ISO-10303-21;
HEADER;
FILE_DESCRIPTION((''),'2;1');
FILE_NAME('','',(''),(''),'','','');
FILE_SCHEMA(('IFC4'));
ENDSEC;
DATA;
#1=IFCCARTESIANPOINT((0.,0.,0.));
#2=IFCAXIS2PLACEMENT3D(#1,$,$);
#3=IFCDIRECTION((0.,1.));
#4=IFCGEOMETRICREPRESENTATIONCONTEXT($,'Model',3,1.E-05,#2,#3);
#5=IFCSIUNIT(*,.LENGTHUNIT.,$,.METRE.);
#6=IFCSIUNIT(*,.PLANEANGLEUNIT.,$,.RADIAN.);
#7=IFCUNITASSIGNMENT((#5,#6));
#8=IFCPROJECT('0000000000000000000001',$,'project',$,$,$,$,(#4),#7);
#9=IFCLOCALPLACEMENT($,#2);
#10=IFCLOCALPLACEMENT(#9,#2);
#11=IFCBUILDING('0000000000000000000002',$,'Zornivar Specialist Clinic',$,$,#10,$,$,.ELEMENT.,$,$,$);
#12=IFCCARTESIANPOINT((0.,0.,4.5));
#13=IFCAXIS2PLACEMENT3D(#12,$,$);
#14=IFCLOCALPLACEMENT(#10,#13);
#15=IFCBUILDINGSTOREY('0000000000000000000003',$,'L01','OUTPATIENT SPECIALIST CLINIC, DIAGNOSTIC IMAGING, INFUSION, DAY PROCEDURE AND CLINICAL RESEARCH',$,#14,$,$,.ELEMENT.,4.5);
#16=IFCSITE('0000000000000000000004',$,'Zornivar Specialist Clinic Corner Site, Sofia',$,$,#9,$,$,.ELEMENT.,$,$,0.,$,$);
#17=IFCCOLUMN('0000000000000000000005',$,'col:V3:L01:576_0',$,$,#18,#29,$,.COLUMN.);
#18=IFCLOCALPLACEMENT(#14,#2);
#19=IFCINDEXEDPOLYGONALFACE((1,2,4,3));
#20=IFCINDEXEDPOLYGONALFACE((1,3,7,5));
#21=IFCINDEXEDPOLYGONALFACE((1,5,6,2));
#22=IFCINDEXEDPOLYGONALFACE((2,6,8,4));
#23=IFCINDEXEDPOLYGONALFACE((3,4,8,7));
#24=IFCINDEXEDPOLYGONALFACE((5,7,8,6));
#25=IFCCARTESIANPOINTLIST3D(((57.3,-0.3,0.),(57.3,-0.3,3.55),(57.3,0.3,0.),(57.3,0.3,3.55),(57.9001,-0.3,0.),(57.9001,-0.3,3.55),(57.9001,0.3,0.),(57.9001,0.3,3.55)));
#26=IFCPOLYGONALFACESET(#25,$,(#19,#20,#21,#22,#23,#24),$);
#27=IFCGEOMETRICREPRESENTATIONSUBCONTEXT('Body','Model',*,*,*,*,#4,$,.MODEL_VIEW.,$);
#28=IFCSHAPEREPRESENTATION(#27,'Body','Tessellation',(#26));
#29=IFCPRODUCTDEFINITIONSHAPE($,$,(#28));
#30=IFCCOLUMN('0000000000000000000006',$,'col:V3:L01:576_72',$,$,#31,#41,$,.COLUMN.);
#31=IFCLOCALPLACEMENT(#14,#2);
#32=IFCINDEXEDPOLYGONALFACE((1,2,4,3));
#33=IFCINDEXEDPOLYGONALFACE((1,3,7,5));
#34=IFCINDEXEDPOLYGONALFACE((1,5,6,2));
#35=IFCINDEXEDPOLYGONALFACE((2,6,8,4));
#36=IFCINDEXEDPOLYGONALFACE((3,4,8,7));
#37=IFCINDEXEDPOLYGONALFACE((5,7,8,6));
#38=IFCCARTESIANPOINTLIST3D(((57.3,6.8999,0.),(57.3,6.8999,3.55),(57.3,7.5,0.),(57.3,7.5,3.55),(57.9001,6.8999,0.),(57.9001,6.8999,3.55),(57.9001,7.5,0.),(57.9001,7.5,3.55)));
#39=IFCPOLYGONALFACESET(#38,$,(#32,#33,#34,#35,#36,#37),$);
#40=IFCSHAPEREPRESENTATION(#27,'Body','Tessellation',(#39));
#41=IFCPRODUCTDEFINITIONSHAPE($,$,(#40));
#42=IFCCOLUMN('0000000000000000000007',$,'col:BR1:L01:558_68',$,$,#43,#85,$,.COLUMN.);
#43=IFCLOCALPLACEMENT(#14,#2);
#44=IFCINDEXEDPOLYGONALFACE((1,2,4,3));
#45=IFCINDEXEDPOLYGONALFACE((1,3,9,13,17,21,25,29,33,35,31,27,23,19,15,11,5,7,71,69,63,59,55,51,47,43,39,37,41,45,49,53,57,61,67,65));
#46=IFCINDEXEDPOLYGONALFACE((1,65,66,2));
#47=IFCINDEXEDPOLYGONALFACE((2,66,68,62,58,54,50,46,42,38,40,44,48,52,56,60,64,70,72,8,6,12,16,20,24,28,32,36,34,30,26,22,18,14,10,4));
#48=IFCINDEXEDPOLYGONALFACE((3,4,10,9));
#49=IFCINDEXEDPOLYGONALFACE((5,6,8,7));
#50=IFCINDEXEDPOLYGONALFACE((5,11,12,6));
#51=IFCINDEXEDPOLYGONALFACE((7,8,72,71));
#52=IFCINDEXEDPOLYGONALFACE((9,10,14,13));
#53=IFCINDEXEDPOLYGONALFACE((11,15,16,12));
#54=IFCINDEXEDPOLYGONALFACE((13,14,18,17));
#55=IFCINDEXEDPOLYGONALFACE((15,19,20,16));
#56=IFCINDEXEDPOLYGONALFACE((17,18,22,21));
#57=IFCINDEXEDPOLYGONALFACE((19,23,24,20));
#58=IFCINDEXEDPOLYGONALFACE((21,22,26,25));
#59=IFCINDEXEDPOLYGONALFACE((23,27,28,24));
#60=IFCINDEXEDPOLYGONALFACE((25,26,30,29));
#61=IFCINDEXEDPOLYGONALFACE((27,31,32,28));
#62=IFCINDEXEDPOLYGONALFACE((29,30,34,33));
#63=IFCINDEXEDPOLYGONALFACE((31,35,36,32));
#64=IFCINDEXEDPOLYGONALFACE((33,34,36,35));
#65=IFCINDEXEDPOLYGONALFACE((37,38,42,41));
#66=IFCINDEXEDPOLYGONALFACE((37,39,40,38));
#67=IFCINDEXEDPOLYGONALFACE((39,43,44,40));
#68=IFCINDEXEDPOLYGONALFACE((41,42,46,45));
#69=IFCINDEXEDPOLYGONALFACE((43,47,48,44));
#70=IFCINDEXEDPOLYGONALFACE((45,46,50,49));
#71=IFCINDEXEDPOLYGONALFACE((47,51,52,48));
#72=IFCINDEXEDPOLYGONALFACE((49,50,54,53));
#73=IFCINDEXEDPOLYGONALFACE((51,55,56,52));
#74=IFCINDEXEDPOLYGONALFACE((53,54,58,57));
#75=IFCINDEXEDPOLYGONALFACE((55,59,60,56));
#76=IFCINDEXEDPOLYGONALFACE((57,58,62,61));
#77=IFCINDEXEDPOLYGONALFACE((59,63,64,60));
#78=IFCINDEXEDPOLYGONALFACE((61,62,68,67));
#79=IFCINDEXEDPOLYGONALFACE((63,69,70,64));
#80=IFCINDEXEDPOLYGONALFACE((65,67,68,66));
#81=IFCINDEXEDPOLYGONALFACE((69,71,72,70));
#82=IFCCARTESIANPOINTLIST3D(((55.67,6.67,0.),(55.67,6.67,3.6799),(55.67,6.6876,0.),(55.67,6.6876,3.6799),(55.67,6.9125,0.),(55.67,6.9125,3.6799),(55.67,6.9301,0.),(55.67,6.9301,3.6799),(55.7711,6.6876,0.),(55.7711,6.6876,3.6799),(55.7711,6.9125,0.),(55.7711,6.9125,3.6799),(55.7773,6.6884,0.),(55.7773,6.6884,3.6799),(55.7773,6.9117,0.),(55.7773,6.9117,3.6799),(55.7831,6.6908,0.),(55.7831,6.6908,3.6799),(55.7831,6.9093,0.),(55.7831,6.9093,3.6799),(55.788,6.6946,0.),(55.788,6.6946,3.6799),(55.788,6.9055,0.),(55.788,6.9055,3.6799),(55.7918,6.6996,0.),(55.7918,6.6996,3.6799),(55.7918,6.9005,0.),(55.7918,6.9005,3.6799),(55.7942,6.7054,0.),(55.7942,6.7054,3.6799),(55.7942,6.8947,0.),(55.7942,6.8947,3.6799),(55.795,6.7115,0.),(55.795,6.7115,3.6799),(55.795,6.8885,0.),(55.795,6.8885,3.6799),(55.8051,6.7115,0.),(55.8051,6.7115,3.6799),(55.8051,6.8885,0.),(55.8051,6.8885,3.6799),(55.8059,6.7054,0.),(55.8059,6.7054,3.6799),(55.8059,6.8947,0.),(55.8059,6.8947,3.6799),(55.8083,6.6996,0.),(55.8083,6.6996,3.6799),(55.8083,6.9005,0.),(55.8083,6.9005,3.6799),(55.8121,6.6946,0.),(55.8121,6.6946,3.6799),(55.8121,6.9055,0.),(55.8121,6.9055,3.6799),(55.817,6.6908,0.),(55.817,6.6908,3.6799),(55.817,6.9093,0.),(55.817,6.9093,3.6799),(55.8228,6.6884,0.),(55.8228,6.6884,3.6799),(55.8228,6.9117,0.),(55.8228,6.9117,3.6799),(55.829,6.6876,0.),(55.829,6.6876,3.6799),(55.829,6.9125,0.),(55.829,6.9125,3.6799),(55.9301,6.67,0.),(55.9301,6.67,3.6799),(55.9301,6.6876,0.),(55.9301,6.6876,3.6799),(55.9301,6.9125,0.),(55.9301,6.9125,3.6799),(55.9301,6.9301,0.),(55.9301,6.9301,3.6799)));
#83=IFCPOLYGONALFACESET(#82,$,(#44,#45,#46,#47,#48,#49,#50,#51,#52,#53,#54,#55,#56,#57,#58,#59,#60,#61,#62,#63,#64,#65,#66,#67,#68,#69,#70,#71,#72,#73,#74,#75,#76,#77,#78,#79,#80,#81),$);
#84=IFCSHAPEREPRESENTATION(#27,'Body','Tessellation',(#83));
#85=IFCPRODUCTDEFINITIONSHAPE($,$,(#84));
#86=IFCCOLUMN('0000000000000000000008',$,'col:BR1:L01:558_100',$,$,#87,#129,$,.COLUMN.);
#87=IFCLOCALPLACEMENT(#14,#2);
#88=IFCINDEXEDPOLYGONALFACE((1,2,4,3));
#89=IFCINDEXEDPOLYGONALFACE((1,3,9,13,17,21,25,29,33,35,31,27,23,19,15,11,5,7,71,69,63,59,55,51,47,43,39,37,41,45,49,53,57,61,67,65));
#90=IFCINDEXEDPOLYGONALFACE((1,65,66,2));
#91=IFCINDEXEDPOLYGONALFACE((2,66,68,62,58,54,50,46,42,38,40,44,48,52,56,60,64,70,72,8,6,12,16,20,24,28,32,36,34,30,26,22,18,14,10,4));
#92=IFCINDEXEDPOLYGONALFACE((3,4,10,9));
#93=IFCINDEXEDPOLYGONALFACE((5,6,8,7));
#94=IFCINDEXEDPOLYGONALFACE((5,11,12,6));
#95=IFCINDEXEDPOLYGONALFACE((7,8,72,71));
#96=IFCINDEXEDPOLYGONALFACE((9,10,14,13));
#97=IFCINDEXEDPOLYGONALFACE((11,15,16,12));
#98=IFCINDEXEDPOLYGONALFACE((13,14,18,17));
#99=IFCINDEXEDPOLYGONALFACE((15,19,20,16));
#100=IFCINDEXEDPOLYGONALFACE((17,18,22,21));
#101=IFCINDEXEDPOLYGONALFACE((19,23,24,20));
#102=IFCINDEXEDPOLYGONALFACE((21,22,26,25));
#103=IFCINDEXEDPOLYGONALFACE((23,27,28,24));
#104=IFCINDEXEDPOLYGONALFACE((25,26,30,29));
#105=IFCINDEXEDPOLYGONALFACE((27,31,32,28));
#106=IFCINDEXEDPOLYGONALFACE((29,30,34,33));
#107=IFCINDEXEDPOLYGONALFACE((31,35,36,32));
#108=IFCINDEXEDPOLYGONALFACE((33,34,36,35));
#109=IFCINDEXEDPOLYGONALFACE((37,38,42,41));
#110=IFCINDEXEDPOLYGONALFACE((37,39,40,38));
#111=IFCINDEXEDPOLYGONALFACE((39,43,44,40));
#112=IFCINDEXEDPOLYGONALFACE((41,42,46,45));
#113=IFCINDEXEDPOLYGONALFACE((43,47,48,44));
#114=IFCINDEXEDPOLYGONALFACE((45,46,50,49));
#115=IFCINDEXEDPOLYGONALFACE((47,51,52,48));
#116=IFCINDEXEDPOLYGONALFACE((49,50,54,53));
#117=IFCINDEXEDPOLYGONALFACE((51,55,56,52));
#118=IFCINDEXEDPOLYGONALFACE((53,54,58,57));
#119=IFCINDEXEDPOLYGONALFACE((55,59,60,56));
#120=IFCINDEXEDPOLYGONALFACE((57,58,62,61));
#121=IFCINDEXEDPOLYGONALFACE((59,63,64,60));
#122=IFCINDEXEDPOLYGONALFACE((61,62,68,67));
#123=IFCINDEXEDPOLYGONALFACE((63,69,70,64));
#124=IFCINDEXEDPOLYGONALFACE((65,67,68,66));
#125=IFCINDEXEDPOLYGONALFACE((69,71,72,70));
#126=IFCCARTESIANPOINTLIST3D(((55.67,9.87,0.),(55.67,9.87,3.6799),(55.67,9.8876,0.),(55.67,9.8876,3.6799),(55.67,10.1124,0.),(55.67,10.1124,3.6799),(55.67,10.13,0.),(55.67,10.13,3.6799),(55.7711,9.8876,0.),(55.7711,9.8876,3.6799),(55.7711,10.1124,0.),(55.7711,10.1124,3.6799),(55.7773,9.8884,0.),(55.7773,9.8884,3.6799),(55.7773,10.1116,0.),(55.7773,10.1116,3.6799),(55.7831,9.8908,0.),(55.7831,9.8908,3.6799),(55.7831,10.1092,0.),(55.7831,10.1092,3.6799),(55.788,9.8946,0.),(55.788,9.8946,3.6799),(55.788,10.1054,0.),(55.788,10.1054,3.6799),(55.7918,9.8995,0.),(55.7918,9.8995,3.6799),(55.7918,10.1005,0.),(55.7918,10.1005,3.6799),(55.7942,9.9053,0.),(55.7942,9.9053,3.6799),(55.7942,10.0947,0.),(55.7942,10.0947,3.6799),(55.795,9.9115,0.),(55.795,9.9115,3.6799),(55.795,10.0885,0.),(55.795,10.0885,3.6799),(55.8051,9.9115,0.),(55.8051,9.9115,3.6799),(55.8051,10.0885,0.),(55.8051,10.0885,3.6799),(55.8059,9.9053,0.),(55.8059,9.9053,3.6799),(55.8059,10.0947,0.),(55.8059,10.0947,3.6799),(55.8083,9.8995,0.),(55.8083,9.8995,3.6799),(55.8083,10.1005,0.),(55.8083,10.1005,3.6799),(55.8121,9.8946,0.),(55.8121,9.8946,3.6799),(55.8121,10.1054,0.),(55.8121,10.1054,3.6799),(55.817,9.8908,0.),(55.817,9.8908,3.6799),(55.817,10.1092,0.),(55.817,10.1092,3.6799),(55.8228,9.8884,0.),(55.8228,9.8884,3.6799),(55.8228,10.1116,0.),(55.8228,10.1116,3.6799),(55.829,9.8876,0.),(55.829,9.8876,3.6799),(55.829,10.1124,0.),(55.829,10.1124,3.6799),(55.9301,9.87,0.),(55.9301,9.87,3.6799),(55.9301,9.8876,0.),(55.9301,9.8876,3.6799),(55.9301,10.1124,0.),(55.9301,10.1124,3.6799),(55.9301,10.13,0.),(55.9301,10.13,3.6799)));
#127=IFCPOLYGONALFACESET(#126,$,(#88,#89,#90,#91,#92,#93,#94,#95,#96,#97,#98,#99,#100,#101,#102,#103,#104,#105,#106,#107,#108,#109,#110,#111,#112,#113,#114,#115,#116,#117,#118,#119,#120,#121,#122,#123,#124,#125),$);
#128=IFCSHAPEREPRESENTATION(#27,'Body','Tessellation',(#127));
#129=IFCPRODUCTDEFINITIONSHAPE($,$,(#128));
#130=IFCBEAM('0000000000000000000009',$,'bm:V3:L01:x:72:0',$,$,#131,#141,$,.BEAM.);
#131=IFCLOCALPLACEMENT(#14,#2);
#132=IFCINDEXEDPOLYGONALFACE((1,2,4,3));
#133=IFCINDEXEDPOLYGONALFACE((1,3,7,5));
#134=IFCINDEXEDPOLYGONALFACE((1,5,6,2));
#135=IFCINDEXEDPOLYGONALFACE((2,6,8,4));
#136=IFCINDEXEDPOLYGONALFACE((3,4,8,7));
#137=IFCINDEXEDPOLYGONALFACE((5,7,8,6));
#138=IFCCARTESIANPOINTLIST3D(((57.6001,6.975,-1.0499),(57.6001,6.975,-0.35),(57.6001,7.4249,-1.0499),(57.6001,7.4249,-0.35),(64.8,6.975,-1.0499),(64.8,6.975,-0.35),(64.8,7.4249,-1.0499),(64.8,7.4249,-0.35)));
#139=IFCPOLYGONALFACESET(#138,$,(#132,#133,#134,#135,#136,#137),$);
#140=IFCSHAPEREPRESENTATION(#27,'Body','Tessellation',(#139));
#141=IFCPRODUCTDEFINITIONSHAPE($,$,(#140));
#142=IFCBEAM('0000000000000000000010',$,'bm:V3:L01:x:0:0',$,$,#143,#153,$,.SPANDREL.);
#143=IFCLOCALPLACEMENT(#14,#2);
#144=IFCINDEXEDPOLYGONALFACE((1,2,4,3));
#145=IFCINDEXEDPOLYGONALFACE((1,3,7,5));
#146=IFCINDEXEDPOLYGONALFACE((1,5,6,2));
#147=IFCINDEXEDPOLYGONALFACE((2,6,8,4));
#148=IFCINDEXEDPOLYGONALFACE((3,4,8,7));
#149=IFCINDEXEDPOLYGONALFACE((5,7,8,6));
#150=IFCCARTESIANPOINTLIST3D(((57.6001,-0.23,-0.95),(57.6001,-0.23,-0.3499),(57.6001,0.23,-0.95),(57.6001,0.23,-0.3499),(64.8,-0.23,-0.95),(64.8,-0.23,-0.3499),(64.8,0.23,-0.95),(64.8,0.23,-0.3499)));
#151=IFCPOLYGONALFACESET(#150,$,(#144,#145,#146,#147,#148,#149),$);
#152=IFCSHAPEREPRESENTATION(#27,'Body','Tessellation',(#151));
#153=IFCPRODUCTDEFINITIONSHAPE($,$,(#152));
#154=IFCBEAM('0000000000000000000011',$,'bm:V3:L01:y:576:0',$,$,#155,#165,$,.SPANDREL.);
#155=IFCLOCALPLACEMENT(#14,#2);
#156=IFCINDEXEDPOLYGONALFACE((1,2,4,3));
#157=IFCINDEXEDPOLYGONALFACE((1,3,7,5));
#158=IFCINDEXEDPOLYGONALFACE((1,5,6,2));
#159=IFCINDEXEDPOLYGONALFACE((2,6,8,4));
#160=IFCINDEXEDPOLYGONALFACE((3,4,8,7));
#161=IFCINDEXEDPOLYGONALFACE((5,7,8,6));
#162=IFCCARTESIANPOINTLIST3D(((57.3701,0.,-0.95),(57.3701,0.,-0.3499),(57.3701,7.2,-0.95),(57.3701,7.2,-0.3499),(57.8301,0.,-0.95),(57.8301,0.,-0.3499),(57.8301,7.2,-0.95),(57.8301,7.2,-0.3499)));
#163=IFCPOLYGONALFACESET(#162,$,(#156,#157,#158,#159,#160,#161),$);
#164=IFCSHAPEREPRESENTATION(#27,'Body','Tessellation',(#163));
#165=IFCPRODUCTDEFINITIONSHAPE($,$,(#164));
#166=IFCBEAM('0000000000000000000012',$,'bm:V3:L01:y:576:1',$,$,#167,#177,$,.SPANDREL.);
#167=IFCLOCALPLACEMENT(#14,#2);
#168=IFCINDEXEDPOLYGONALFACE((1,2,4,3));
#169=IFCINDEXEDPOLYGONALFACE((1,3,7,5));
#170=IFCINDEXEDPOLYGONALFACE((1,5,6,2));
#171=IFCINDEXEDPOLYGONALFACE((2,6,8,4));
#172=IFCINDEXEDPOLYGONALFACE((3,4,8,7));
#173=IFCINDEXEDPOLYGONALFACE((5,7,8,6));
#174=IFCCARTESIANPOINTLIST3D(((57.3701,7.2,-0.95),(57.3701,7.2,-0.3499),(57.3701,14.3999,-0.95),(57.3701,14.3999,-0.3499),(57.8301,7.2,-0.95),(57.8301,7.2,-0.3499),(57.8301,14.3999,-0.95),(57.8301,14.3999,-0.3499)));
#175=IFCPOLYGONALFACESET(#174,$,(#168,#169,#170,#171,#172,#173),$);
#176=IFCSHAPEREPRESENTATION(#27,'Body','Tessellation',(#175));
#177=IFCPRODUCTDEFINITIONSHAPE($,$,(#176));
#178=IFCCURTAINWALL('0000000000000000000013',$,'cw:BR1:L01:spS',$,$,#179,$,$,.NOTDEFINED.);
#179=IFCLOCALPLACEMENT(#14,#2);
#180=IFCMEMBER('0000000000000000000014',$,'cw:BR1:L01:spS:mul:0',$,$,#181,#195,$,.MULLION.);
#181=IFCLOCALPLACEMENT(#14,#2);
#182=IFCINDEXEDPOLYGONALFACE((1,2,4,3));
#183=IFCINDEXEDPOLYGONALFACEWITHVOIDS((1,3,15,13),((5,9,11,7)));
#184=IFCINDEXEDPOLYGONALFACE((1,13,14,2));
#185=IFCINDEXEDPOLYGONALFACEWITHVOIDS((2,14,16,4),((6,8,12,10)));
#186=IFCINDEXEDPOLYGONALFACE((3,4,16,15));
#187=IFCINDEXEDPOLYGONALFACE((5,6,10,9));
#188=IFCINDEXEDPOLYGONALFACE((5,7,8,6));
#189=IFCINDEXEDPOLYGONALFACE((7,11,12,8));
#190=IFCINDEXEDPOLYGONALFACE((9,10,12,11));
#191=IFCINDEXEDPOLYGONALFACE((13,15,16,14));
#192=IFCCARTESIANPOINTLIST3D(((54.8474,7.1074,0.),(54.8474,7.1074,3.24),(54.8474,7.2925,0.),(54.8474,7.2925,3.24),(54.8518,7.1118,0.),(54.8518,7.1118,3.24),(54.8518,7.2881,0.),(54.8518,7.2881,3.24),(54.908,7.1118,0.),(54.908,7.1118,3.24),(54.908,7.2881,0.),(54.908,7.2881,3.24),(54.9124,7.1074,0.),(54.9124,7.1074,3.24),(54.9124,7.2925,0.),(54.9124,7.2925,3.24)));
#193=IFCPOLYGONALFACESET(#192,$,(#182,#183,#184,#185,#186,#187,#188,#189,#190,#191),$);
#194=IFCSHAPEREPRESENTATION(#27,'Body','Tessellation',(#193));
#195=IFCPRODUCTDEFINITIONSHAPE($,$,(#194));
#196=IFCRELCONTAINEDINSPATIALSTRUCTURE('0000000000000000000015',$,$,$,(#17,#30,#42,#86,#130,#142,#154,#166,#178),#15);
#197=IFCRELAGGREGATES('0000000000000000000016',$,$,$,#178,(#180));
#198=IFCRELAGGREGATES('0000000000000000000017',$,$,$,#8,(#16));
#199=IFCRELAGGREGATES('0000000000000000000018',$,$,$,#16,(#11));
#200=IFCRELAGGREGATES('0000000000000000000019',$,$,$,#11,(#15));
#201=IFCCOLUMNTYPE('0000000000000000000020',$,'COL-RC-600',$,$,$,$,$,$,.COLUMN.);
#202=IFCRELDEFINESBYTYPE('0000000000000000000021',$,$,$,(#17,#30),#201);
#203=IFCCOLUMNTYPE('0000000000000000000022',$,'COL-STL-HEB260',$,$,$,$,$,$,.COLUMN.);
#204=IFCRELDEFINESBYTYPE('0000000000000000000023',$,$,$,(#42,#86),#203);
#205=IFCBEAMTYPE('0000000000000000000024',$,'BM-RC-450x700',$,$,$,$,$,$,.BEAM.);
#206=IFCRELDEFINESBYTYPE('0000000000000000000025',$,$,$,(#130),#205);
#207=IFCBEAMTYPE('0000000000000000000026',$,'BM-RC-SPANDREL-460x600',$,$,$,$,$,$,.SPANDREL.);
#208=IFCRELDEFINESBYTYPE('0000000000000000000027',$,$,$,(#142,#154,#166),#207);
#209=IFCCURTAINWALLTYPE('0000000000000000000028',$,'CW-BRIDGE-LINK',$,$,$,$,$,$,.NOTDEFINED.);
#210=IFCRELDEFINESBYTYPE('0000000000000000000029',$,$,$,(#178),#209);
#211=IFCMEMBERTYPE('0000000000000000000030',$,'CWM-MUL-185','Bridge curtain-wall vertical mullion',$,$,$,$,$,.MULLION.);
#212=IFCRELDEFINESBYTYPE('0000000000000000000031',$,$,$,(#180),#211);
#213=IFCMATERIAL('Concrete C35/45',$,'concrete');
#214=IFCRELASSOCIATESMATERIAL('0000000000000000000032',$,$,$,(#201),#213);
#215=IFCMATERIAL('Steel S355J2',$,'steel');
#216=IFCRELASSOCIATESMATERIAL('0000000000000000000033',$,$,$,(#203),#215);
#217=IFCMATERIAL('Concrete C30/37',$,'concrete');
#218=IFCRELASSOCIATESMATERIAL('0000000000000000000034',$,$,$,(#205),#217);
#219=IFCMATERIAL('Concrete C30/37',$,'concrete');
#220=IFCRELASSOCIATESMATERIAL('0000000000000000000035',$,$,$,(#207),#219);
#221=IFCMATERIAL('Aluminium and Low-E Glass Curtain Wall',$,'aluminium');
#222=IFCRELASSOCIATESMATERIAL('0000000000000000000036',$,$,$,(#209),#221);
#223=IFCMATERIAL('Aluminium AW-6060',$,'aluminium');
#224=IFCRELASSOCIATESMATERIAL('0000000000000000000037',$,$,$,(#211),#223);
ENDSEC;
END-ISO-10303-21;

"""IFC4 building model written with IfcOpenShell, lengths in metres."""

from ifc_helpers import new_model, si_unit, direction, frame, origin, origin_2d, place, context, subcontext, project, spatial, rectangle, hollow_rectangle, i_section, extrude, material, material_profile, profile_set, type_object, element, aggregate, save


model = new_model("IFC4")

# Units and contexts
model_context = context("Model", 3, precision=1e-05, world=origin(), true_north=direction((0.0, 1.0)))
body_context = subcontext(model_context, "Body", "Model", "MODEL_VIEW")
ifc_project = project(units=[si_unit("LENGTHUNIT", "METRE"), si_unit("PLANEANGLEUNIT", "RADIAN")], contexts=[model_context])

# Site, building, storey
site_placement = place(None, origin())
site = spatial("IfcSite", under=ifc_project, at=site_placement, Name="Zornivar Specialist Clinic Corner Site, Sofia", CompositionType="ELEMENT", RefElevation=0.0)
building_placement = place(site_placement, origin())
building = spatial("IfcBuilding", under=site, at=building_placement, Name="Zornivar Specialist Clinic", CompositionType="ELEMENT")
storey_placement = place(building_placement, frame((0.0, 0.0, 4.5)))
storey = spatial("IfcBuildingStorey", under=building, at=storey_placement, Name="L01", Description="OUTPATIENT SPECIALIST CLINIC, DIAGNOSTIC IMAGING, INFUSION, DAY PROCEDURE AND CLINICAL RESEARCH", CompositionType="ELEMENT", Elevation=4.5)

# Columns
ifc_material_1 = material(Name="Concrete C35/45", Category="concrete")
ifc_material_profile_1 = material_profile(ifc_material_1, rectangle(XDim=0.6001, YDim=0.6001, at=origin_2d()), Name="RC 600x600")
ifc_profile_set_1 = profile_set([ifc_material_profile_1], Name="Concrete C35/45")
column_type_1 = type_object("IfcColumnType", Name="COL-RC-600", PredefinedType="COLUMN", material=ifc_profile_set_1)
for number, where, z_axis, x_axis, name in (
    (1, (57.6001, 0.0, 0.0), (0.0, 0.0, 1.0), (1.0, 0.0, 0.0), "col:V3:L01:576_0"),
    (2, (57.6001, 7.2, 0.0), (0.0, 0.0, 1.0), (1.0, 0.0, 0.0), "col:V3:L01:576_72"),
):
    element("IfcColumn", number, at=place(storey_placement, frame(where, z_axis=z_axis, x_axis=x_axis)), inside=storey, type_object=column_type_1, Name=name, PredefinedType="COLUMN", context=body_context, shape_type="SweptSolid", body=[
        extrude(rectangle(XDim=0.6001, YDim=0.6001, at=origin_2d()), origin(), (0.0, 0.0, 1.0), 3.55),
    ])
ifc_material_2 = material(Name="Steel S355J2", Category="steel")
ifc_material_profile_2 = material_profile(ifc_material_2, i_section(OverallWidth=0.26, OverallDepth=0.26, WebThickness=0.01, FlangeThickness=0.0176, FilletRadius=0.0239, at=origin_2d()), Name="HEB 260")
ifc_profile_set_2 = profile_set([ifc_material_profile_2], Name="Steel S355J2")
column_type_2 = type_object("IfcColumnType", Name="COL-STL-HEB260", PredefinedType="COLUMN", material=ifc_profile_set_2)
for number, where, z_axis, x_axis, name in (
    (3, (55.8, 6.8, 0.0), (0.0, 0.0, 1.0), (1.0, 0.0, 0.0), "col:BR1:L01:558_68"),
    (4, (55.8, 10.0, 0.0), (0.0, 0.0, 1.0), (1.0, 0.0, 0.0), "col:BR1:L01:558_100"),
):
    element("IfcColumn", number, at=place(storey_placement, frame(where, z_axis=z_axis, x_axis=x_axis)), inside=storey, type_object=column_type_2, Name=name, PredefinedType="COLUMN", context=body_context, shape_type="SweptSolid", body=[
        extrude(i_section(OverallWidth=0.26, OverallDepth=0.26, WebThickness=0.01, FlangeThickness=0.0176, FilletRadius=0.0239, at=origin_2d()), origin(), (0.0, 0.0, 1.0), 3.6799),
    ])

# Beams
ifc_material_3 = material(Name="Concrete C30/37", Category="concrete")
ifc_material_profile_3 = material_profile(ifc_material_3, rectangle(XDim=0.45, YDim=0.7, at=origin_2d()), Name="RC 450x700")
ifc_profile_set_3 = profile_set([ifc_material_profile_3], Name="Concrete C30/37")
beam_type_1 = type_object("IfcBeamType", Name="BM-RC-450x700", PredefinedType="BEAM", material=ifc_profile_set_3)
beam_placement = place(storey_placement, frame((57.6001, 7.2, -0.7), z_axis=(1.0, 0.0, 0.0), x_axis=(0.0, 1.0, 0.0)))
element("IfcBeam", 5, at=beam_placement, inside=storey, type_object=beam_type_1, Name="bm:V3:L01:x:72:0", PredefinedType="BEAM", context=body_context, shape_type="SweptSolid", body=[
    extrude(rectangle(XDim=0.45, YDim=0.7, at=origin_2d()), origin(), (0.0, 0.0, 1.0), 7.2),
])
ifc_material_4 = material(Name="Concrete C30/37", Category="concrete")
ifc_material_profile_4 = material_profile(ifc_material_4, rectangle(XDim=0.46, YDim=0.6001, at=origin_2d()), Name="RC 460x600")
ifc_profile_set_4 = profile_set([ifc_material_profile_4], Name="Concrete C30/37")
beam_type_2 = type_object("IfcBeamType", Name="BM-RC-SPANDREL-460x600", PredefinedType="SPANDREL", material=ifc_profile_set_4)
for number, where, z_axis, x_axis, name in (
    (6, (57.6001, 0.0, -0.6499), (1.0, 0.0, 0.0), (0.0, 1.0, 0.0), "bm:V3:L01:x:0:0"),
    (7, (57.6001, 0.0, -0.6499), (0.0, 1.0, 0.0), (-1.0, 0.0, 0.0), "bm:V3:L01:y:576:0"),
    (8, (57.6001, 7.2, -0.6499), (0.0, 1.0, 0.0), (-1.0, 0.0, 0.0), "bm:V3:L01:y:576:1"),
):
    element("IfcBeam", number, at=place(storey_placement, frame(where, z_axis=z_axis, x_axis=x_axis)), inside=storey, type_object=beam_type_2, Name=name, PredefinedType="SPANDREL", context=body_context, shape_type="SweptSolid", body=[
        extrude(rectangle(XDim=0.46, YDim=0.6001, at=origin_2d()), origin(), (0.0, 0.0, 1.0), 7.2),
    ])

# Curtain wall, member
ifc_material_5 = material(Name="Aluminium and Low-E Glass Curtain Wall", Category="aluminium")
curtain_wall_type = type_object("IfcCurtainWallType", Name="CW-BRIDGE-LINK", PredefinedType="NOTDEFINED", material=ifc_material_5)
curtain_wall_1_placement = place(storey_placement, origin())
curtain_wall_1 = element("IfcCurtainWall", 9, at=curtain_wall_1_placement, inside=storey, type_object=curtain_wall_type, Name="cw:BR1:L01:spS", PredefinedType="NOTDEFINED")
ifc_material_6 = material(Name="Aluminium AW-6060", Category="aluminium")
ifc_material_profile_5 = material_profile(ifc_material_6, hollow_rectangle(XDim=0.0649, YDim=0.1851, WallThickness=0.0044, at=origin_2d()), Name="ALU 65x185x4.5")
ifc_profile_set_5 = profile_set([ifc_material_profile_5], Name="Aluminium AW-6060")
member_type_1 = type_object("IfcMemberType", Name="CWM-MUL-185", Description="Bridge curtain-wall vertical mullion", PredefinedType="MULLION", material=ifc_profile_set_5)
member_1_placement = place(storey_placement, frame((54.8799, 7.2, 0.0), z_axis=(0.0, 0.0, 1.0), x_axis=(1.0, 0.0, 0.0)))
member_1 = element("IfcMember", 10, at=member_1_placement, type_object=member_type_1, Name="cw:BR1:L01:spS:mul:0", PredefinedType="MULLION", context=body_context, shape_type="SweptSolid", body=[
    extrude(hollow_rectangle(XDim=0.0649, YDim=0.1851, WallThickness=0.0044, at=origin_2d()), origin(), (0.0, 0.0, 1.0), 3.24),
])

aggregate(curtain_wall_1, [member_1])

save(model, "model.ifc")
